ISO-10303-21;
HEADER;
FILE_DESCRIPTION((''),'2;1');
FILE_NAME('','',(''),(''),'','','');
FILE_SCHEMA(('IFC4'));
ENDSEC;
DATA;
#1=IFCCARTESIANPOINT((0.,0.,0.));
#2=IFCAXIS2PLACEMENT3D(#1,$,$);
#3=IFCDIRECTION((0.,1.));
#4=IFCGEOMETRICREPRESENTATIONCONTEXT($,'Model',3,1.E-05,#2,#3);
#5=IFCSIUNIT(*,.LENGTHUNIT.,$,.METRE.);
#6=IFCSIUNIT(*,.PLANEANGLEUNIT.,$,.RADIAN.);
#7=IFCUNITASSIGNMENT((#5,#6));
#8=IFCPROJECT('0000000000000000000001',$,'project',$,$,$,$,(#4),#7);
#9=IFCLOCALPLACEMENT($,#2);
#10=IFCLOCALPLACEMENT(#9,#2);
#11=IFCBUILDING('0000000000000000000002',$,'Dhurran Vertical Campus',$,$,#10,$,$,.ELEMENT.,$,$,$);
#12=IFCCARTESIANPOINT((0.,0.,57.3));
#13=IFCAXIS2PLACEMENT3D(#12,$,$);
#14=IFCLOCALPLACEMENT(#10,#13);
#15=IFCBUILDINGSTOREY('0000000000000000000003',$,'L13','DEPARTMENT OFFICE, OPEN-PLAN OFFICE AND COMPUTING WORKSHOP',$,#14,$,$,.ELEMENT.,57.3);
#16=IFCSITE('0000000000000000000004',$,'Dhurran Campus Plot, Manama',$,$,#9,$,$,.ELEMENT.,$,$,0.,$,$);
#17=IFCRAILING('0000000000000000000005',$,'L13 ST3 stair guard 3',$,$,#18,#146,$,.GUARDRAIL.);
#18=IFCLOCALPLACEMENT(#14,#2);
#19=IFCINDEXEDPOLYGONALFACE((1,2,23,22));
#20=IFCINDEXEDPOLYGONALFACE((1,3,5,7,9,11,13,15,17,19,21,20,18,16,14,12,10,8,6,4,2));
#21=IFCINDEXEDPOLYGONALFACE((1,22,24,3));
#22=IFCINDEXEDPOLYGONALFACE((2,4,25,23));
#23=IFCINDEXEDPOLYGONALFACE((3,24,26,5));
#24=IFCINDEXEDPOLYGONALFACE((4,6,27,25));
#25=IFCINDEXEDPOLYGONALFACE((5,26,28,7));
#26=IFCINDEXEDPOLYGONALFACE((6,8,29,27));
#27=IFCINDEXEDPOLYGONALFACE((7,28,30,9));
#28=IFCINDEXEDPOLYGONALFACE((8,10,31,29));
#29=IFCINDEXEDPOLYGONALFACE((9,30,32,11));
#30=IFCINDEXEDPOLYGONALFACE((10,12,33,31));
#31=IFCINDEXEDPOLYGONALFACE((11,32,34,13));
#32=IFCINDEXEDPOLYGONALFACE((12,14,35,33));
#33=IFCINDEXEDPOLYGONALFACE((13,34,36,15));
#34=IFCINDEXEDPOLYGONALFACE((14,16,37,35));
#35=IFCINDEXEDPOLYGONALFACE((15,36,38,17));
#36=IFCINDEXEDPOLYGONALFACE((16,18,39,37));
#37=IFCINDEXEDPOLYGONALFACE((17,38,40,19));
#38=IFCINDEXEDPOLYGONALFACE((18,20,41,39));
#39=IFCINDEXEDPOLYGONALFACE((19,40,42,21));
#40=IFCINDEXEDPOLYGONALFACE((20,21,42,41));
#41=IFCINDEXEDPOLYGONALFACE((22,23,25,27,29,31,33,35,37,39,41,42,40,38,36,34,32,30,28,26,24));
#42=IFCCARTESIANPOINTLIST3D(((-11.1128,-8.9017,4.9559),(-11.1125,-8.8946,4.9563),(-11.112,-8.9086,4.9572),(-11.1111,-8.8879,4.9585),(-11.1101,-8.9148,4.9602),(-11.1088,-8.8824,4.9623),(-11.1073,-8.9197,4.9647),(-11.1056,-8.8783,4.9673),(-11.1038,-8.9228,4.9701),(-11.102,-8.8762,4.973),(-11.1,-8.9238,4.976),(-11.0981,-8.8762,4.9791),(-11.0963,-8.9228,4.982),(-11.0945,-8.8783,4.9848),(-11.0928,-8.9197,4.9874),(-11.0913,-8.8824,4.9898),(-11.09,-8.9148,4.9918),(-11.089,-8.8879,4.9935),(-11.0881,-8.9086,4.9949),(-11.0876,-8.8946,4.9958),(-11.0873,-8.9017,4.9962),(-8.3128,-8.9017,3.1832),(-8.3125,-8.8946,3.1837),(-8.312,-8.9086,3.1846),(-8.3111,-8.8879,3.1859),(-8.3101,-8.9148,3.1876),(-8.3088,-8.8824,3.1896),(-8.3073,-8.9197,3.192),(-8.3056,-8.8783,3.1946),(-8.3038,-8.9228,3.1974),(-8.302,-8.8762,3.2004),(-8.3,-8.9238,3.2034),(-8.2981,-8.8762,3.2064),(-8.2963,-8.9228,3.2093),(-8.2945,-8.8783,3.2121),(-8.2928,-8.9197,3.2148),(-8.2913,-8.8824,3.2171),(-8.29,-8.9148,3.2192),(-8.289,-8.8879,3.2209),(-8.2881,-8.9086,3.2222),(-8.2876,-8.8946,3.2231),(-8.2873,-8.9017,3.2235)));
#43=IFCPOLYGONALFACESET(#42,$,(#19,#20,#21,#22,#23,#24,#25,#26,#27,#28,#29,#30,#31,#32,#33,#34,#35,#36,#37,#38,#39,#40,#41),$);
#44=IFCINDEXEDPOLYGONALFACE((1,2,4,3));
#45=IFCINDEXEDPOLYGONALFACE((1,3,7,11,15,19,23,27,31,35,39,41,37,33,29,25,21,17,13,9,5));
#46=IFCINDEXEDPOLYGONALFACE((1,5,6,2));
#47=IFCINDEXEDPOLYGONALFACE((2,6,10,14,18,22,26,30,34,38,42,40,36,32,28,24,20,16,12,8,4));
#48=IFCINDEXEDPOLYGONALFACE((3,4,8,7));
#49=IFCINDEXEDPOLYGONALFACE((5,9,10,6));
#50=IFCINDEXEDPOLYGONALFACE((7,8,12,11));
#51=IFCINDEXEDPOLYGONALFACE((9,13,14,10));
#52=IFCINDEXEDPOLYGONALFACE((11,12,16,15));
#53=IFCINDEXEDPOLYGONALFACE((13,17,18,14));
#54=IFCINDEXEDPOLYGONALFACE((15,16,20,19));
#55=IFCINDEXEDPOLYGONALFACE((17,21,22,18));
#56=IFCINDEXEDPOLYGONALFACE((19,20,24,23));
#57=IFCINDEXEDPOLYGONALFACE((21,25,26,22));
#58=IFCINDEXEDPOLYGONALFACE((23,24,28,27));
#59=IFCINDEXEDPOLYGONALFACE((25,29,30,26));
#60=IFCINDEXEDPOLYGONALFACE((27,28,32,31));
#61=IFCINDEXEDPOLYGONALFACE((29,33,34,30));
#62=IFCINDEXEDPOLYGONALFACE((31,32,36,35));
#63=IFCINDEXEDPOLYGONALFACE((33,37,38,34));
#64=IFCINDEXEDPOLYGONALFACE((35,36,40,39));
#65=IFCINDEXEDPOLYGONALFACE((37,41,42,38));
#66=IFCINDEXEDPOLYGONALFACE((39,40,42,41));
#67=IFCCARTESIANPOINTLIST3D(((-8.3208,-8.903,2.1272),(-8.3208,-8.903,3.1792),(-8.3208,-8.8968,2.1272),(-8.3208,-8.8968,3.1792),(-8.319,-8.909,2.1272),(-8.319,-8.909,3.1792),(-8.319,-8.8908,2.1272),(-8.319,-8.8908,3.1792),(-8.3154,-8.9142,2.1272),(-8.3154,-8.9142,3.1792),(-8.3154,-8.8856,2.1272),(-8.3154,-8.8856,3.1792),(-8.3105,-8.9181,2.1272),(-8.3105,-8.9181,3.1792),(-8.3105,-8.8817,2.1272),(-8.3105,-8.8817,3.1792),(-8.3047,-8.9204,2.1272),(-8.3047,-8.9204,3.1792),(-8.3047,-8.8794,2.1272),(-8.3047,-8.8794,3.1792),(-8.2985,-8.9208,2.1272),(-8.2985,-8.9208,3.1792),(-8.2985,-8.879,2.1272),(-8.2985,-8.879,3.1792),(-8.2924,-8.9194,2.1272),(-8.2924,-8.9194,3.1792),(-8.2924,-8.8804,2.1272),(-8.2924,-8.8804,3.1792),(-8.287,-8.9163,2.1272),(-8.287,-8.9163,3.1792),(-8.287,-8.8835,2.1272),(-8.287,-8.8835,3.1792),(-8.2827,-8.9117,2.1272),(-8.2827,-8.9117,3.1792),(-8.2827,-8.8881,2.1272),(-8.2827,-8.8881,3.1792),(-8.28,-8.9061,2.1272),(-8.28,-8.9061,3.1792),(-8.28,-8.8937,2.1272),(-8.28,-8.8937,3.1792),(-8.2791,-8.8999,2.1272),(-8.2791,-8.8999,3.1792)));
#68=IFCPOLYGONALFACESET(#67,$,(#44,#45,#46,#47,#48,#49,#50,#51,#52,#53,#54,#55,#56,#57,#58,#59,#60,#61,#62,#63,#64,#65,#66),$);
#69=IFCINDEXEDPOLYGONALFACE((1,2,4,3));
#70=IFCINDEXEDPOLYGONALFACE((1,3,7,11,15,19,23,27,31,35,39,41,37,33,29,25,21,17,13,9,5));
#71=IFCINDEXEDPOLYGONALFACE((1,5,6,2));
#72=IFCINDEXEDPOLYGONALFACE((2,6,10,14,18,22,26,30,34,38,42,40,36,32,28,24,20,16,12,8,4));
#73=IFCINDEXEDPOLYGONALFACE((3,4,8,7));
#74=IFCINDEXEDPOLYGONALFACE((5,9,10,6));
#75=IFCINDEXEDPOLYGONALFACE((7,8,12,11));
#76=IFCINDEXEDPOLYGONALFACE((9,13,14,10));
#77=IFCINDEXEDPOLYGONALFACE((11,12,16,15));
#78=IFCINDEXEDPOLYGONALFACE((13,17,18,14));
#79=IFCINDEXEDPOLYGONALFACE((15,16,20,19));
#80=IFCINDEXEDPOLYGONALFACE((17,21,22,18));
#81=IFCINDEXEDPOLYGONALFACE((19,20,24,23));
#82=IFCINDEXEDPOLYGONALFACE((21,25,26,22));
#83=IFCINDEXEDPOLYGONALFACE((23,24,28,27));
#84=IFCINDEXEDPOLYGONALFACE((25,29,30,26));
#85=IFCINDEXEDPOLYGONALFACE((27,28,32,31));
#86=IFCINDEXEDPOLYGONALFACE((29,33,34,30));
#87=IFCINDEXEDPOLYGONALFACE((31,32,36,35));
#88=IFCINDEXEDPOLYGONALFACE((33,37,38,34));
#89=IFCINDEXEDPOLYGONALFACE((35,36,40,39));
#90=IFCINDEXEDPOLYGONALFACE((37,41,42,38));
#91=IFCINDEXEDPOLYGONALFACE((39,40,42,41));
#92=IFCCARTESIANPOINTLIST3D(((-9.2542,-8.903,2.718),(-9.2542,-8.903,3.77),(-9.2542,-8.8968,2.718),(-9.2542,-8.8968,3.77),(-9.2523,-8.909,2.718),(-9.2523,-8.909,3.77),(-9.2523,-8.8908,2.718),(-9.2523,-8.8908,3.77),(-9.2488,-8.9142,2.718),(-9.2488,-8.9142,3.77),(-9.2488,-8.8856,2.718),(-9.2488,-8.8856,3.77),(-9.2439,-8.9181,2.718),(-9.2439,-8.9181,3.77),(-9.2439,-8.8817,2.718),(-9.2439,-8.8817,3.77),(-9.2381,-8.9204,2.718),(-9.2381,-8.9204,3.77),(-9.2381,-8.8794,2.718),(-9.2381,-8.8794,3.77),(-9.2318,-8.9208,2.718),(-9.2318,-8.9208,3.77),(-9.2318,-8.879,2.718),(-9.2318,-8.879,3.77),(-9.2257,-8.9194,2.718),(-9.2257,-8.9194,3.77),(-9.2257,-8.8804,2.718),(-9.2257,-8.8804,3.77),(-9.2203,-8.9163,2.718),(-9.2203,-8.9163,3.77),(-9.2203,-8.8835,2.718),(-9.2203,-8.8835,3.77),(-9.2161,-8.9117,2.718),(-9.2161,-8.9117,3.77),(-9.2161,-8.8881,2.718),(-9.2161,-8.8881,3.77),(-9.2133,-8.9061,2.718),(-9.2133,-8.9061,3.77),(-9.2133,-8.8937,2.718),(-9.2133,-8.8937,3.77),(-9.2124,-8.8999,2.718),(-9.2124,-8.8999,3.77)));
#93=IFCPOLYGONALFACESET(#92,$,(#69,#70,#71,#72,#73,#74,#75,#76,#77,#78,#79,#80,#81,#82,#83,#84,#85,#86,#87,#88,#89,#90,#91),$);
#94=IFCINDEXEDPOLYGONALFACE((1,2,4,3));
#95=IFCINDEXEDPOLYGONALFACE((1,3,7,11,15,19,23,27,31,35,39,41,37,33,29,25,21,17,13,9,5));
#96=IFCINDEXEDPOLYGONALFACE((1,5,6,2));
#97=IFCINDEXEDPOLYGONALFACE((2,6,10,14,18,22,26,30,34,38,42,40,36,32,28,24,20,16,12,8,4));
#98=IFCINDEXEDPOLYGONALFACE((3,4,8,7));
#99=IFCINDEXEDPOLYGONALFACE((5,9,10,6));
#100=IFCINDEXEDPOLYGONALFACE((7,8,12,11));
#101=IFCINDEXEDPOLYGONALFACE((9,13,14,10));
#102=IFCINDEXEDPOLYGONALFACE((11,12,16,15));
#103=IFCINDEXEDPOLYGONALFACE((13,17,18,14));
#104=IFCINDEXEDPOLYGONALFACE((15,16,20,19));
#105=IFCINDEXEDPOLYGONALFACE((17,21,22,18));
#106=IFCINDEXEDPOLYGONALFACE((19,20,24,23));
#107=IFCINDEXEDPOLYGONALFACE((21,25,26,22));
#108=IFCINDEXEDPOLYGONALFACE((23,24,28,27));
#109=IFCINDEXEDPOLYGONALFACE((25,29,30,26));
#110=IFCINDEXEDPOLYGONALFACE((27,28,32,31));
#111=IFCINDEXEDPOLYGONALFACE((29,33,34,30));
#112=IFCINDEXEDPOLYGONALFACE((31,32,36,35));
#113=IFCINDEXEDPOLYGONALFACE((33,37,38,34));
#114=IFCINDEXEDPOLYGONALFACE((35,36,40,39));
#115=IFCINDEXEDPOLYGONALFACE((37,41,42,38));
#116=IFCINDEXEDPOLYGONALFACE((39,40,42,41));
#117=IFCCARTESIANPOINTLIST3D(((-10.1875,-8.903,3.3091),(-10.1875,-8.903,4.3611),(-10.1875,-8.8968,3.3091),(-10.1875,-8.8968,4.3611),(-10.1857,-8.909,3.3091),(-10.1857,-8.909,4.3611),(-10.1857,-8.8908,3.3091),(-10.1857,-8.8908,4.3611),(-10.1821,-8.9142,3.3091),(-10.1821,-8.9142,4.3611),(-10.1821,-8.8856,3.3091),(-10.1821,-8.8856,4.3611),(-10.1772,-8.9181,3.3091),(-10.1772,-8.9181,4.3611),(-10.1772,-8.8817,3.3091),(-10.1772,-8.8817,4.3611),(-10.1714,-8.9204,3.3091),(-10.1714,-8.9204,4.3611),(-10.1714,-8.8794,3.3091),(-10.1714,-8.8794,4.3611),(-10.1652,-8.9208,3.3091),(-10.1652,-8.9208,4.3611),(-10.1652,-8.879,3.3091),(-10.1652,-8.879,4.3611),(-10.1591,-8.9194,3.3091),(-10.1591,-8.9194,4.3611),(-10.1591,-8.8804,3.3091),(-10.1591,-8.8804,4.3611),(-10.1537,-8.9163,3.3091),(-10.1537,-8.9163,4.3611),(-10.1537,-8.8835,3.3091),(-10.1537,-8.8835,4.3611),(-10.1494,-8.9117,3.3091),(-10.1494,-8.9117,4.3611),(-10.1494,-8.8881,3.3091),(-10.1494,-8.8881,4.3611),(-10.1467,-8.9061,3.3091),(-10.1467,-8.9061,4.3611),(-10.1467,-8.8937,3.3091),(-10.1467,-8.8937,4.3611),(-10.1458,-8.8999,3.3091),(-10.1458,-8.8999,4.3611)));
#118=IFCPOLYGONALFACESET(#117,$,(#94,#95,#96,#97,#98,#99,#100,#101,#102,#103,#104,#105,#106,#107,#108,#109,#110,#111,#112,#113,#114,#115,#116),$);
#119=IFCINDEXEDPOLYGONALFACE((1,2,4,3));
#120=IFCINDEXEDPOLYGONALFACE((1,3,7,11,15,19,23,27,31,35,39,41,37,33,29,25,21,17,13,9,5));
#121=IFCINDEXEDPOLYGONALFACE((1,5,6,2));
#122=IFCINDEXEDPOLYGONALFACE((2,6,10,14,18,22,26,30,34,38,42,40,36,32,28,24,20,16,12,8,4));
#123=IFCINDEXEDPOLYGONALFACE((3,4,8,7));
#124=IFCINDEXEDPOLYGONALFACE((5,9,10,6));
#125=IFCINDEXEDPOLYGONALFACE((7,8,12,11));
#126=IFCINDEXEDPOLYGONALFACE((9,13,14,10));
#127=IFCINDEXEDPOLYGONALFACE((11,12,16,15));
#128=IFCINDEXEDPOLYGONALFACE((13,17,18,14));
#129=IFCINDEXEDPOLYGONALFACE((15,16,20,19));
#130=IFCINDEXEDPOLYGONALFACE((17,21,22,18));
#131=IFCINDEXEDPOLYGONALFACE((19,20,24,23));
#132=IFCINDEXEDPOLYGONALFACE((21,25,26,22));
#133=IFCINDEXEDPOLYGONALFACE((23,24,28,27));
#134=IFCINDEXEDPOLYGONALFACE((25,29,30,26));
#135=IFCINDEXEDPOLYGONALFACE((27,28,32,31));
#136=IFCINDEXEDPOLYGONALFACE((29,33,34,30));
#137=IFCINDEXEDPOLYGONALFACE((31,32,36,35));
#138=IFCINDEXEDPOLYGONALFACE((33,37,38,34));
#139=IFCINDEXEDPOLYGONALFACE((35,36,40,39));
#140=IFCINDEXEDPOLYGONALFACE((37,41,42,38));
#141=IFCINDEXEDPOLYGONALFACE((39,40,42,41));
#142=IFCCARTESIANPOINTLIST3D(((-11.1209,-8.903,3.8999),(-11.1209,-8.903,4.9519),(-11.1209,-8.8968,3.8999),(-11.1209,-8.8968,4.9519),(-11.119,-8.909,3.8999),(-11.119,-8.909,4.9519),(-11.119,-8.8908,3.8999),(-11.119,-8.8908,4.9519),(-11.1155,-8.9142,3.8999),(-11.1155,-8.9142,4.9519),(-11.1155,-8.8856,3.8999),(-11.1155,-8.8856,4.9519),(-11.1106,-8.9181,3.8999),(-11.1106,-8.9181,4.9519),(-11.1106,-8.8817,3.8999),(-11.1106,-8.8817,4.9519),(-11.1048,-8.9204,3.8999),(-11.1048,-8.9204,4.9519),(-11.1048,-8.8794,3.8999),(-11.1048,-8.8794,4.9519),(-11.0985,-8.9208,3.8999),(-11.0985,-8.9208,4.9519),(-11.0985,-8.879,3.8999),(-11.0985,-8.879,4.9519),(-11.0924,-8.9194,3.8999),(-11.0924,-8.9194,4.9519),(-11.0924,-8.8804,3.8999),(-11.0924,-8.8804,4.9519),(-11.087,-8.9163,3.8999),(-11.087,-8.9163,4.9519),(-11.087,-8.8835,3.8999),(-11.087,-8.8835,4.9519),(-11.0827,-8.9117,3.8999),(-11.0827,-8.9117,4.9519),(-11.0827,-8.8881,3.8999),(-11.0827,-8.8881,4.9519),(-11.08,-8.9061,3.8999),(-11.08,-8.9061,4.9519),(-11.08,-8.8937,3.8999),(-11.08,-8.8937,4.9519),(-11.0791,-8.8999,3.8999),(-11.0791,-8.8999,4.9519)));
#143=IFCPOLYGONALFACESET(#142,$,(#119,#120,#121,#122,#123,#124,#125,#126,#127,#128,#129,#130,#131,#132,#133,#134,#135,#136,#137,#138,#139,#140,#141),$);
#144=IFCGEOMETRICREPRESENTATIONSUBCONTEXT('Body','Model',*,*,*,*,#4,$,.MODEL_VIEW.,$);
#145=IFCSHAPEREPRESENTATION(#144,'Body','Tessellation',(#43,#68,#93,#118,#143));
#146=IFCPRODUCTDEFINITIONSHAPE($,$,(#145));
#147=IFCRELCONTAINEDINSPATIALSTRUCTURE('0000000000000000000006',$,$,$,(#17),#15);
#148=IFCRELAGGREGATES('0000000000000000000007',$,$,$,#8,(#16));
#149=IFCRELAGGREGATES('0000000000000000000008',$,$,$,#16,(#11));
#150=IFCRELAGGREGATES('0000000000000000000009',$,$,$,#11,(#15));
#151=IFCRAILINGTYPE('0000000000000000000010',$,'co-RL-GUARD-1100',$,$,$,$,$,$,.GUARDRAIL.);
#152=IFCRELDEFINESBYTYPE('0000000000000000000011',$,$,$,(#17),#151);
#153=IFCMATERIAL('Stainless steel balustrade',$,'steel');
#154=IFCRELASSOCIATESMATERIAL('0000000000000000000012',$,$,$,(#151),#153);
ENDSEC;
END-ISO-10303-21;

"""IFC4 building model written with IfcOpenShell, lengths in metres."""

from ifc_helpers import new_model, si_unit, direction, frame, origin, origin_2d, place, context, subcontext, project, spatial, circle, extrude, material, type_object, element, save


model = new_model("IFC4")

# Units and contexts
model_context = context("Model", 3, precision=1e-05, world=origin(), true_north=direction((0.0, 1.0)))
body_context = subcontext(model_context, "Body", "Model", "MODEL_VIEW")
ifc_project = project(units=[si_unit("LENGTHUNIT", "METRE"), si_unit("PLANEANGLEUNIT", "RADIAN")], contexts=[model_context])

# Site, building, storey
site_placement = place(None, origin())
site = spatial("IfcSite", under=ifc_project, at=site_placement, Name="Dhurran Campus Plot, Manama", CompositionType="ELEMENT", RefElevation=0.0)
building_placement = place(site_placement, origin())
building = spatial("IfcBuilding", under=site, at=building_placement, Name="Dhurran Vertical Campus", CompositionType="ELEMENT")
storey_placement = place(building_placement, frame((0.0, 0.0, 57.3)))
storey = spatial("IfcBuildingStorey", under=building, at=storey_placement, Name="L13", Description="DEPARTMENT OFFICE, OPEN-PLAN OFFICE AND COMPUTING WORKSHOP", CompositionType="ELEMENT", Elevation=57.3)

# Railing
ifc_material_1 = material(Name="Stainless steel balustrade", Category="steel")
railing_type_1 = type_object("IfcRailingType", Name="co-RL-GUARD-1100", PredefinedType="GUARDRAIL", material=ifc_material_1)
railing_1_placement = place(storey_placement, frame((-8.3, -8.8999, 2.1272)))
element("IfcRailing", 1, at=railing_1_placement, inside=storey, type_object=railing_type_1, Name="L13 ST3 stair guard 3", PredefinedType="GUARDRAIL", context=body_context, shape_type="SweptSolid", body=[
    extrude(circle(Radius=0.0239, at=origin_2d()), frame((0.0, 0.0, 1.0762), z_axis=(-0.844909, 0.0, 0.53491), x_axis=(0.0, -1.0, 0.0)), (0.0, 0.0, 1.0), 3.314),
    extrude(circle(Radius=0.021, at=origin_2d()), origin(), (0.0, 0.0, 1.0), 1.052),
    extrude(circle(Radius=0.021, at=origin_2d()), frame((-0.9333, 0.0, 0.5908)), (0.0, 0.0, 1.0), 1.052),
    extrude(circle(Radius=0.021, at=origin_2d()), frame((-1.8667, 0.0, 1.1819)), (0.0, 0.0, 1.0), 1.052),
    extrude(circle(Radius=0.021, at=origin_2d()), frame((-2.8, 0.0, 1.7727)), (0.0, 0.0, 1.0), 1.052),
])

save(model, "model.ifc")
